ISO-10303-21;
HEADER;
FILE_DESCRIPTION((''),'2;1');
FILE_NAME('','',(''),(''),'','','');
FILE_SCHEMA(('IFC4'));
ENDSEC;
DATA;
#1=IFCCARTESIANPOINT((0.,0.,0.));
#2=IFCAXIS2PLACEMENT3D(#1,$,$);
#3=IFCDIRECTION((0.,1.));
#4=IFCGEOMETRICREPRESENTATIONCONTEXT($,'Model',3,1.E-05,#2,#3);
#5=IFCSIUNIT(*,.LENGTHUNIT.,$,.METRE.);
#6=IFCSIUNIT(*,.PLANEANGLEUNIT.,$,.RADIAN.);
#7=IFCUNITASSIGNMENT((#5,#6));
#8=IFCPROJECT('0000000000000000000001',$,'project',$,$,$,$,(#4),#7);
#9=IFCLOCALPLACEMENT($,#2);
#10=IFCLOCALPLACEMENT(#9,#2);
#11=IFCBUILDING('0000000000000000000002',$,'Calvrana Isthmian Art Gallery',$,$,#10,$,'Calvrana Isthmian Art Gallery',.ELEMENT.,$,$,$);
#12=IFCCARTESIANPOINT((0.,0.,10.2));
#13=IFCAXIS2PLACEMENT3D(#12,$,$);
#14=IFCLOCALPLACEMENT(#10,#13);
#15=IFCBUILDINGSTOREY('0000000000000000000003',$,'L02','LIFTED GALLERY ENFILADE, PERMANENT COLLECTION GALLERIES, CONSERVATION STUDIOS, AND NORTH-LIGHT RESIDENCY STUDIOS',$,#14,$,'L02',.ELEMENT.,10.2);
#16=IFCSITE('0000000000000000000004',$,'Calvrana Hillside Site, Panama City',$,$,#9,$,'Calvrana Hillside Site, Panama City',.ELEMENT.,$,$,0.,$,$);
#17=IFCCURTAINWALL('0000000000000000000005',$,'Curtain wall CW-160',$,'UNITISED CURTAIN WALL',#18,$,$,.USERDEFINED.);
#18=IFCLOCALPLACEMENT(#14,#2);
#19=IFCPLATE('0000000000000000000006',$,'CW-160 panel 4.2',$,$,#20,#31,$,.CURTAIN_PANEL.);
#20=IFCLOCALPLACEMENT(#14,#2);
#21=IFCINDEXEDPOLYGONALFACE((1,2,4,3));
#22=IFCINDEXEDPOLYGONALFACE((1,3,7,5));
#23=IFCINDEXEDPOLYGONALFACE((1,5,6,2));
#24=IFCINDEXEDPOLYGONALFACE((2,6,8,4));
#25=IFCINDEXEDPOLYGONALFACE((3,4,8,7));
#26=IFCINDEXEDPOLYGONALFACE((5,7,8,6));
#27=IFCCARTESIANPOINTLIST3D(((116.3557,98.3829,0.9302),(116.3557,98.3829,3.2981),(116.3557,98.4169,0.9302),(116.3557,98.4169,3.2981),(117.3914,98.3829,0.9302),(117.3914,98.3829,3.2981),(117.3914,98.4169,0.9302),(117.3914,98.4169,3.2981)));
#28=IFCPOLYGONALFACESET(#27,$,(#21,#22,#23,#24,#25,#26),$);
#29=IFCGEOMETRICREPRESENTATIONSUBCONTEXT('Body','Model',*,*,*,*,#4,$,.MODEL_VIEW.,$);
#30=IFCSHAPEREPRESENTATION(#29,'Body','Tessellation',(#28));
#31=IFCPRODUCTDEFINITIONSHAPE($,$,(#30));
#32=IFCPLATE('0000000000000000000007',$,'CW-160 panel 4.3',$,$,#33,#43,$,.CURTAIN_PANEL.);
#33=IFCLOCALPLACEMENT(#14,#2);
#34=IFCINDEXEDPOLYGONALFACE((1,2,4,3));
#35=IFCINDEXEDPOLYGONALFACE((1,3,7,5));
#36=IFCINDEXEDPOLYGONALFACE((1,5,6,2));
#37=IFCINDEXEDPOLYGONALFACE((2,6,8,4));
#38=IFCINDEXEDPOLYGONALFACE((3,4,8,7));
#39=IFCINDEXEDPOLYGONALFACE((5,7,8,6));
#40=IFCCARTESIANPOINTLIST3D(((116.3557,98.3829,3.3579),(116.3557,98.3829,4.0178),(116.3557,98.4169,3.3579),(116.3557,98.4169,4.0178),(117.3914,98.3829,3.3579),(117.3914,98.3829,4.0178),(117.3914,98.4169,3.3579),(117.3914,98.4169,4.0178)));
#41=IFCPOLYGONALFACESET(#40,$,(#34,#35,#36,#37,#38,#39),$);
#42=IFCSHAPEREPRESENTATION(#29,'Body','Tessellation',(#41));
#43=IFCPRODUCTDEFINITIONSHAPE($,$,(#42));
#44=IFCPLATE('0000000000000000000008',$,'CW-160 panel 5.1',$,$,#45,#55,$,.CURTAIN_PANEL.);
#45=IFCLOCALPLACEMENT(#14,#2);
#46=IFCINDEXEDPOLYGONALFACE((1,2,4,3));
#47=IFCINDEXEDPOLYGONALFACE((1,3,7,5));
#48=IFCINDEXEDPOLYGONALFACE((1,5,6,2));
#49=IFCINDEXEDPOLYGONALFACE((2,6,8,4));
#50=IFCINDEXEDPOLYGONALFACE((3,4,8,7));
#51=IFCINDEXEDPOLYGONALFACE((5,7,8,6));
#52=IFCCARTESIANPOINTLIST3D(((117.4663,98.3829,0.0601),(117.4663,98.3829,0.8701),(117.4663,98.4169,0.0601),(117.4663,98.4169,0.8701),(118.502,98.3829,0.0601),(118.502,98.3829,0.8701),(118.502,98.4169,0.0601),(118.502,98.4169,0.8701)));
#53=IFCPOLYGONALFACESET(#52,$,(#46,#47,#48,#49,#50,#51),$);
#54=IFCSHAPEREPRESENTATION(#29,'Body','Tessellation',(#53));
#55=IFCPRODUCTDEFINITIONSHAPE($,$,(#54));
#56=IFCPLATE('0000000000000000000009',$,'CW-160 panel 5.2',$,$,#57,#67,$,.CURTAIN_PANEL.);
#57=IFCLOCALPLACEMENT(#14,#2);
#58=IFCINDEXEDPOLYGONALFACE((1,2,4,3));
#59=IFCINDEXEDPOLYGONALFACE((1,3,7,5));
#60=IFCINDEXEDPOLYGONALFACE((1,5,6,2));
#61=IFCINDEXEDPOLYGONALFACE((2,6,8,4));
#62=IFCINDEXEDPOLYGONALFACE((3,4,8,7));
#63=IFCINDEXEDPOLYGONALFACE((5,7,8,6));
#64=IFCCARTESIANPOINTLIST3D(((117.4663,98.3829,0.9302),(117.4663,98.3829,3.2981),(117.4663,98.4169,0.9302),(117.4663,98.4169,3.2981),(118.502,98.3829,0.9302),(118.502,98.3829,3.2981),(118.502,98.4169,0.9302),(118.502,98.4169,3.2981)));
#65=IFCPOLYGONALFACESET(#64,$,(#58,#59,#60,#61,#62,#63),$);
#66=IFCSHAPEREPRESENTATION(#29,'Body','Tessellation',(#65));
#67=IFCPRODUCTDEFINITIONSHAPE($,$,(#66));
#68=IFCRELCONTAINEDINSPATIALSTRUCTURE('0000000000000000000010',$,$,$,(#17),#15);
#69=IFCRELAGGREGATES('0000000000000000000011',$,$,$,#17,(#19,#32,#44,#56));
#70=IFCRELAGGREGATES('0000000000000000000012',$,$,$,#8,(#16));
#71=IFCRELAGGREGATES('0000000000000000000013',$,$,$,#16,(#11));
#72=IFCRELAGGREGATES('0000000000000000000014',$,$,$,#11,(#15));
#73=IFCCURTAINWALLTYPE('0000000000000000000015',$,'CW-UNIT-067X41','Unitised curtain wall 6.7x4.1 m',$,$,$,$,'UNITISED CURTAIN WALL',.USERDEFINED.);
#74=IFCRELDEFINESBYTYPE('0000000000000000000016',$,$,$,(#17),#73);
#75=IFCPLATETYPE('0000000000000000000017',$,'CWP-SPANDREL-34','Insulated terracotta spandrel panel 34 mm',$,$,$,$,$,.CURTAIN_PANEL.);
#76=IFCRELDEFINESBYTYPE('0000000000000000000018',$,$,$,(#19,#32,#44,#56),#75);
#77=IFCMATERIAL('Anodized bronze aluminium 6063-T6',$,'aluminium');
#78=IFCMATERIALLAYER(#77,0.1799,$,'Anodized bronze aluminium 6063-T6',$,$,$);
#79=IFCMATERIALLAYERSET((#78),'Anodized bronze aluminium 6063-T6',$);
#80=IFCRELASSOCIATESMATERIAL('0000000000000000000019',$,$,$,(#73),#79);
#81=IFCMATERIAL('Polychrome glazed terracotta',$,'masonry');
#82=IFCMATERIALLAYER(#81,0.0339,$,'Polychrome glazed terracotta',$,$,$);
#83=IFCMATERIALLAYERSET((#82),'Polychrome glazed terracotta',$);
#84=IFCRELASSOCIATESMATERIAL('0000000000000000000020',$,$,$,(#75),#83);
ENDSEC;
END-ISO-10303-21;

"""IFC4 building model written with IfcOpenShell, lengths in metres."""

from ifc_helpers import new_model, si_unit, direction, frame, origin, origin_2d, place, context, subcontext, project, spatial, rectangle, extrude, material, layer, layer_set, type_object, element, aggregate, save


model = new_model("IFC4")

# Units and contexts
model_context = context("Model", 3, precision=1e-05, world=origin(), true_north=direction((0.0, 1.0)))
body_context = subcontext(model_context, "Body", "Model", "MODEL_VIEW")
ifc_project = project(units=[si_unit("LENGTHUNIT", "METRE"), si_unit("PLANEANGLEUNIT", "RADIAN")], contexts=[model_context])

# Site, building, storey
site_placement = place(None, origin())
site = spatial("IfcSite", under=ifc_project, at=site_placement, Name="Calvrana Hillside Site, Panama City", LongName="Calvrana Hillside Site, Panama City", CompositionType="ELEMENT", RefElevation=0.0)
building_placement = place(site_placement, origin())
building = spatial("IfcBuilding", under=site, at=building_placement, Name="Calvrana Isthmian Art Gallery", LongName="Calvrana Isthmian Art Gallery", CompositionType="ELEMENT")
storey_placement = place(building_placement, frame((0.0, 0.0, 10.2)))
storey = spatial("IfcBuildingStorey", under=building, at=storey_placement, Name="L02", Description="LIFTED GALLERY ENFILADE, PERMANENT COLLECTION GALLERIES, CONSERVATION STUDIOS, AND NORTH-LIGHT RESIDENCY STUDIOS", LongName="L02", CompositionType="ELEMENT", Elevation=10.2)

# Curtain wall, plates
ifc_material_1 = material(Name="Anodized bronze aluminium 6063-T6", Category="aluminium")
ifc_layer_1 = layer(ifc_material_1, 0.1799, Name="Anodized bronze aluminium 6063-T6")
ifc_layer_set_1 = layer_set([ifc_layer_1], Name="Anodized bronze aluminium 6063-T6")
curtain_wall_type = type_object("IfcCurtainWallType", Name="CW-UNIT-067X41", Description="Unitised curtain wall 6.7x4.1 m", ElementType="UNITISED CURTAIN WALL", PredefinedType="USERDEFINED", material=ifc_layer_set_1)
curtain_wall_placement = place(storey_placement, origin())
curtain_wall = element("IfcCurtainWall", 1, at=curtain_wall_placement, inside=storey, type_object=curtain_wall_type, Name="Curtain wall CW-160", ObjectType="UNITISED CURTAIN WALL", PredefinedType="USERDEFINED")
ifc_material_2 = material(Name="Polychrome glazed terracotta", Category="masonry")
ifc_layer_2 = layer(ifc_material_2, 0.0339, Name="Polychrome glazed terracotta")
ifc_layer_set_2 = layer_set([ifc_layer_2], Name="Polychrome glazed terracotta")
plate_type = type_object("IfcPlateType", Name="CWP-SPANDREL-34", Description="Insulated terracotta spandrel panel 34 mm", PredefinedType="CURTAIN_PANEL", material=ifc_layer_set_2)
plate_1_placement = place(storey_placement, frame((116.8735, 98.3999, 0.9302), z_axis=(0.0, 0.0, 1.0), x_axis=(1.0, 0.0, 0.0)))
plate_1 = element("IfcPlate", 2, at=plate_1_placement, type_object=plate_type, Name="CW-160 panel 4.2", PredefinedType="CURTAIN_PANEL", context=body_context, shape_type="SweptSolid", body=[
    extrude(rectangle(XDim=1.0356, YDim=0.0339, at=origin_2d()), origin(), (0.0, 0.0, 1.0), 2.3679),
])
plate_2_placement = place(storey_placement, frame((116.8735, 98.3999, 3.3579), z_axis=(0.0, 0.0, 1.0), x_axis=(1.0, 0.0, 0.0)))
plate_2 = element("IfcPlate", 3, at=plate_2_placement, type_object=plate_type, Name="CW-160 panel 4.3", PredefinedType="CURTAIN_PANEL", context=body_context, shape_type="SweptSolid", body=[
    extrude(rectangle(XDim=1.0356, YDim=0.0339, at=origin_2d()), origin(), (0.0, 0.0, 1.0), 0.6599),
])
plate_3_placement = place(storey_placement, frame((117.9841, 98.3999, 0.0601), z_axis=(0.0, 0.0, 1.0), x_axis=(1.0, 0.0, 0.0)))
plate_3 = element("IfcPlate", 4, at=plate_3_placement, type_object=plate_type, Name="CW-160 panel 5.1", PredefinedType="CURTAIN_PANEL", context=body_context, shape_type="SweptSolid", body=[
    extrude(rectangle(XDim=1.0356, YDim=0.0339, at=origin_2d()), origin(), (0.0, 0.0, 1.0), 0.8101),
])
plate_4_placement = place(storey_placement, frame((117.9841, 98.3999, 0.9302), z_axis=(0.0, 0.0, 1.0), x_axis=(1.0, 0.0, 0.0)))
plate_4 = element("IfcPlate", 5, at=plate_4_placement, type_object=plate_type, Name="CW-160 panel 5.2", PredefinedType="CURTAIN_PANEL", context=body_context, shape_type="SweptSolid", body=[
    extrude(rectangle(XDim=1.0356, YDim=0.0339, at=origin_2d()), origin(), (0.0, 0.0, 1.0), 2.3679),
])
aggregate(curtain_wall, [plate_1, plate_2, plate_3, plate_4])

save(model, "model.ifc")
